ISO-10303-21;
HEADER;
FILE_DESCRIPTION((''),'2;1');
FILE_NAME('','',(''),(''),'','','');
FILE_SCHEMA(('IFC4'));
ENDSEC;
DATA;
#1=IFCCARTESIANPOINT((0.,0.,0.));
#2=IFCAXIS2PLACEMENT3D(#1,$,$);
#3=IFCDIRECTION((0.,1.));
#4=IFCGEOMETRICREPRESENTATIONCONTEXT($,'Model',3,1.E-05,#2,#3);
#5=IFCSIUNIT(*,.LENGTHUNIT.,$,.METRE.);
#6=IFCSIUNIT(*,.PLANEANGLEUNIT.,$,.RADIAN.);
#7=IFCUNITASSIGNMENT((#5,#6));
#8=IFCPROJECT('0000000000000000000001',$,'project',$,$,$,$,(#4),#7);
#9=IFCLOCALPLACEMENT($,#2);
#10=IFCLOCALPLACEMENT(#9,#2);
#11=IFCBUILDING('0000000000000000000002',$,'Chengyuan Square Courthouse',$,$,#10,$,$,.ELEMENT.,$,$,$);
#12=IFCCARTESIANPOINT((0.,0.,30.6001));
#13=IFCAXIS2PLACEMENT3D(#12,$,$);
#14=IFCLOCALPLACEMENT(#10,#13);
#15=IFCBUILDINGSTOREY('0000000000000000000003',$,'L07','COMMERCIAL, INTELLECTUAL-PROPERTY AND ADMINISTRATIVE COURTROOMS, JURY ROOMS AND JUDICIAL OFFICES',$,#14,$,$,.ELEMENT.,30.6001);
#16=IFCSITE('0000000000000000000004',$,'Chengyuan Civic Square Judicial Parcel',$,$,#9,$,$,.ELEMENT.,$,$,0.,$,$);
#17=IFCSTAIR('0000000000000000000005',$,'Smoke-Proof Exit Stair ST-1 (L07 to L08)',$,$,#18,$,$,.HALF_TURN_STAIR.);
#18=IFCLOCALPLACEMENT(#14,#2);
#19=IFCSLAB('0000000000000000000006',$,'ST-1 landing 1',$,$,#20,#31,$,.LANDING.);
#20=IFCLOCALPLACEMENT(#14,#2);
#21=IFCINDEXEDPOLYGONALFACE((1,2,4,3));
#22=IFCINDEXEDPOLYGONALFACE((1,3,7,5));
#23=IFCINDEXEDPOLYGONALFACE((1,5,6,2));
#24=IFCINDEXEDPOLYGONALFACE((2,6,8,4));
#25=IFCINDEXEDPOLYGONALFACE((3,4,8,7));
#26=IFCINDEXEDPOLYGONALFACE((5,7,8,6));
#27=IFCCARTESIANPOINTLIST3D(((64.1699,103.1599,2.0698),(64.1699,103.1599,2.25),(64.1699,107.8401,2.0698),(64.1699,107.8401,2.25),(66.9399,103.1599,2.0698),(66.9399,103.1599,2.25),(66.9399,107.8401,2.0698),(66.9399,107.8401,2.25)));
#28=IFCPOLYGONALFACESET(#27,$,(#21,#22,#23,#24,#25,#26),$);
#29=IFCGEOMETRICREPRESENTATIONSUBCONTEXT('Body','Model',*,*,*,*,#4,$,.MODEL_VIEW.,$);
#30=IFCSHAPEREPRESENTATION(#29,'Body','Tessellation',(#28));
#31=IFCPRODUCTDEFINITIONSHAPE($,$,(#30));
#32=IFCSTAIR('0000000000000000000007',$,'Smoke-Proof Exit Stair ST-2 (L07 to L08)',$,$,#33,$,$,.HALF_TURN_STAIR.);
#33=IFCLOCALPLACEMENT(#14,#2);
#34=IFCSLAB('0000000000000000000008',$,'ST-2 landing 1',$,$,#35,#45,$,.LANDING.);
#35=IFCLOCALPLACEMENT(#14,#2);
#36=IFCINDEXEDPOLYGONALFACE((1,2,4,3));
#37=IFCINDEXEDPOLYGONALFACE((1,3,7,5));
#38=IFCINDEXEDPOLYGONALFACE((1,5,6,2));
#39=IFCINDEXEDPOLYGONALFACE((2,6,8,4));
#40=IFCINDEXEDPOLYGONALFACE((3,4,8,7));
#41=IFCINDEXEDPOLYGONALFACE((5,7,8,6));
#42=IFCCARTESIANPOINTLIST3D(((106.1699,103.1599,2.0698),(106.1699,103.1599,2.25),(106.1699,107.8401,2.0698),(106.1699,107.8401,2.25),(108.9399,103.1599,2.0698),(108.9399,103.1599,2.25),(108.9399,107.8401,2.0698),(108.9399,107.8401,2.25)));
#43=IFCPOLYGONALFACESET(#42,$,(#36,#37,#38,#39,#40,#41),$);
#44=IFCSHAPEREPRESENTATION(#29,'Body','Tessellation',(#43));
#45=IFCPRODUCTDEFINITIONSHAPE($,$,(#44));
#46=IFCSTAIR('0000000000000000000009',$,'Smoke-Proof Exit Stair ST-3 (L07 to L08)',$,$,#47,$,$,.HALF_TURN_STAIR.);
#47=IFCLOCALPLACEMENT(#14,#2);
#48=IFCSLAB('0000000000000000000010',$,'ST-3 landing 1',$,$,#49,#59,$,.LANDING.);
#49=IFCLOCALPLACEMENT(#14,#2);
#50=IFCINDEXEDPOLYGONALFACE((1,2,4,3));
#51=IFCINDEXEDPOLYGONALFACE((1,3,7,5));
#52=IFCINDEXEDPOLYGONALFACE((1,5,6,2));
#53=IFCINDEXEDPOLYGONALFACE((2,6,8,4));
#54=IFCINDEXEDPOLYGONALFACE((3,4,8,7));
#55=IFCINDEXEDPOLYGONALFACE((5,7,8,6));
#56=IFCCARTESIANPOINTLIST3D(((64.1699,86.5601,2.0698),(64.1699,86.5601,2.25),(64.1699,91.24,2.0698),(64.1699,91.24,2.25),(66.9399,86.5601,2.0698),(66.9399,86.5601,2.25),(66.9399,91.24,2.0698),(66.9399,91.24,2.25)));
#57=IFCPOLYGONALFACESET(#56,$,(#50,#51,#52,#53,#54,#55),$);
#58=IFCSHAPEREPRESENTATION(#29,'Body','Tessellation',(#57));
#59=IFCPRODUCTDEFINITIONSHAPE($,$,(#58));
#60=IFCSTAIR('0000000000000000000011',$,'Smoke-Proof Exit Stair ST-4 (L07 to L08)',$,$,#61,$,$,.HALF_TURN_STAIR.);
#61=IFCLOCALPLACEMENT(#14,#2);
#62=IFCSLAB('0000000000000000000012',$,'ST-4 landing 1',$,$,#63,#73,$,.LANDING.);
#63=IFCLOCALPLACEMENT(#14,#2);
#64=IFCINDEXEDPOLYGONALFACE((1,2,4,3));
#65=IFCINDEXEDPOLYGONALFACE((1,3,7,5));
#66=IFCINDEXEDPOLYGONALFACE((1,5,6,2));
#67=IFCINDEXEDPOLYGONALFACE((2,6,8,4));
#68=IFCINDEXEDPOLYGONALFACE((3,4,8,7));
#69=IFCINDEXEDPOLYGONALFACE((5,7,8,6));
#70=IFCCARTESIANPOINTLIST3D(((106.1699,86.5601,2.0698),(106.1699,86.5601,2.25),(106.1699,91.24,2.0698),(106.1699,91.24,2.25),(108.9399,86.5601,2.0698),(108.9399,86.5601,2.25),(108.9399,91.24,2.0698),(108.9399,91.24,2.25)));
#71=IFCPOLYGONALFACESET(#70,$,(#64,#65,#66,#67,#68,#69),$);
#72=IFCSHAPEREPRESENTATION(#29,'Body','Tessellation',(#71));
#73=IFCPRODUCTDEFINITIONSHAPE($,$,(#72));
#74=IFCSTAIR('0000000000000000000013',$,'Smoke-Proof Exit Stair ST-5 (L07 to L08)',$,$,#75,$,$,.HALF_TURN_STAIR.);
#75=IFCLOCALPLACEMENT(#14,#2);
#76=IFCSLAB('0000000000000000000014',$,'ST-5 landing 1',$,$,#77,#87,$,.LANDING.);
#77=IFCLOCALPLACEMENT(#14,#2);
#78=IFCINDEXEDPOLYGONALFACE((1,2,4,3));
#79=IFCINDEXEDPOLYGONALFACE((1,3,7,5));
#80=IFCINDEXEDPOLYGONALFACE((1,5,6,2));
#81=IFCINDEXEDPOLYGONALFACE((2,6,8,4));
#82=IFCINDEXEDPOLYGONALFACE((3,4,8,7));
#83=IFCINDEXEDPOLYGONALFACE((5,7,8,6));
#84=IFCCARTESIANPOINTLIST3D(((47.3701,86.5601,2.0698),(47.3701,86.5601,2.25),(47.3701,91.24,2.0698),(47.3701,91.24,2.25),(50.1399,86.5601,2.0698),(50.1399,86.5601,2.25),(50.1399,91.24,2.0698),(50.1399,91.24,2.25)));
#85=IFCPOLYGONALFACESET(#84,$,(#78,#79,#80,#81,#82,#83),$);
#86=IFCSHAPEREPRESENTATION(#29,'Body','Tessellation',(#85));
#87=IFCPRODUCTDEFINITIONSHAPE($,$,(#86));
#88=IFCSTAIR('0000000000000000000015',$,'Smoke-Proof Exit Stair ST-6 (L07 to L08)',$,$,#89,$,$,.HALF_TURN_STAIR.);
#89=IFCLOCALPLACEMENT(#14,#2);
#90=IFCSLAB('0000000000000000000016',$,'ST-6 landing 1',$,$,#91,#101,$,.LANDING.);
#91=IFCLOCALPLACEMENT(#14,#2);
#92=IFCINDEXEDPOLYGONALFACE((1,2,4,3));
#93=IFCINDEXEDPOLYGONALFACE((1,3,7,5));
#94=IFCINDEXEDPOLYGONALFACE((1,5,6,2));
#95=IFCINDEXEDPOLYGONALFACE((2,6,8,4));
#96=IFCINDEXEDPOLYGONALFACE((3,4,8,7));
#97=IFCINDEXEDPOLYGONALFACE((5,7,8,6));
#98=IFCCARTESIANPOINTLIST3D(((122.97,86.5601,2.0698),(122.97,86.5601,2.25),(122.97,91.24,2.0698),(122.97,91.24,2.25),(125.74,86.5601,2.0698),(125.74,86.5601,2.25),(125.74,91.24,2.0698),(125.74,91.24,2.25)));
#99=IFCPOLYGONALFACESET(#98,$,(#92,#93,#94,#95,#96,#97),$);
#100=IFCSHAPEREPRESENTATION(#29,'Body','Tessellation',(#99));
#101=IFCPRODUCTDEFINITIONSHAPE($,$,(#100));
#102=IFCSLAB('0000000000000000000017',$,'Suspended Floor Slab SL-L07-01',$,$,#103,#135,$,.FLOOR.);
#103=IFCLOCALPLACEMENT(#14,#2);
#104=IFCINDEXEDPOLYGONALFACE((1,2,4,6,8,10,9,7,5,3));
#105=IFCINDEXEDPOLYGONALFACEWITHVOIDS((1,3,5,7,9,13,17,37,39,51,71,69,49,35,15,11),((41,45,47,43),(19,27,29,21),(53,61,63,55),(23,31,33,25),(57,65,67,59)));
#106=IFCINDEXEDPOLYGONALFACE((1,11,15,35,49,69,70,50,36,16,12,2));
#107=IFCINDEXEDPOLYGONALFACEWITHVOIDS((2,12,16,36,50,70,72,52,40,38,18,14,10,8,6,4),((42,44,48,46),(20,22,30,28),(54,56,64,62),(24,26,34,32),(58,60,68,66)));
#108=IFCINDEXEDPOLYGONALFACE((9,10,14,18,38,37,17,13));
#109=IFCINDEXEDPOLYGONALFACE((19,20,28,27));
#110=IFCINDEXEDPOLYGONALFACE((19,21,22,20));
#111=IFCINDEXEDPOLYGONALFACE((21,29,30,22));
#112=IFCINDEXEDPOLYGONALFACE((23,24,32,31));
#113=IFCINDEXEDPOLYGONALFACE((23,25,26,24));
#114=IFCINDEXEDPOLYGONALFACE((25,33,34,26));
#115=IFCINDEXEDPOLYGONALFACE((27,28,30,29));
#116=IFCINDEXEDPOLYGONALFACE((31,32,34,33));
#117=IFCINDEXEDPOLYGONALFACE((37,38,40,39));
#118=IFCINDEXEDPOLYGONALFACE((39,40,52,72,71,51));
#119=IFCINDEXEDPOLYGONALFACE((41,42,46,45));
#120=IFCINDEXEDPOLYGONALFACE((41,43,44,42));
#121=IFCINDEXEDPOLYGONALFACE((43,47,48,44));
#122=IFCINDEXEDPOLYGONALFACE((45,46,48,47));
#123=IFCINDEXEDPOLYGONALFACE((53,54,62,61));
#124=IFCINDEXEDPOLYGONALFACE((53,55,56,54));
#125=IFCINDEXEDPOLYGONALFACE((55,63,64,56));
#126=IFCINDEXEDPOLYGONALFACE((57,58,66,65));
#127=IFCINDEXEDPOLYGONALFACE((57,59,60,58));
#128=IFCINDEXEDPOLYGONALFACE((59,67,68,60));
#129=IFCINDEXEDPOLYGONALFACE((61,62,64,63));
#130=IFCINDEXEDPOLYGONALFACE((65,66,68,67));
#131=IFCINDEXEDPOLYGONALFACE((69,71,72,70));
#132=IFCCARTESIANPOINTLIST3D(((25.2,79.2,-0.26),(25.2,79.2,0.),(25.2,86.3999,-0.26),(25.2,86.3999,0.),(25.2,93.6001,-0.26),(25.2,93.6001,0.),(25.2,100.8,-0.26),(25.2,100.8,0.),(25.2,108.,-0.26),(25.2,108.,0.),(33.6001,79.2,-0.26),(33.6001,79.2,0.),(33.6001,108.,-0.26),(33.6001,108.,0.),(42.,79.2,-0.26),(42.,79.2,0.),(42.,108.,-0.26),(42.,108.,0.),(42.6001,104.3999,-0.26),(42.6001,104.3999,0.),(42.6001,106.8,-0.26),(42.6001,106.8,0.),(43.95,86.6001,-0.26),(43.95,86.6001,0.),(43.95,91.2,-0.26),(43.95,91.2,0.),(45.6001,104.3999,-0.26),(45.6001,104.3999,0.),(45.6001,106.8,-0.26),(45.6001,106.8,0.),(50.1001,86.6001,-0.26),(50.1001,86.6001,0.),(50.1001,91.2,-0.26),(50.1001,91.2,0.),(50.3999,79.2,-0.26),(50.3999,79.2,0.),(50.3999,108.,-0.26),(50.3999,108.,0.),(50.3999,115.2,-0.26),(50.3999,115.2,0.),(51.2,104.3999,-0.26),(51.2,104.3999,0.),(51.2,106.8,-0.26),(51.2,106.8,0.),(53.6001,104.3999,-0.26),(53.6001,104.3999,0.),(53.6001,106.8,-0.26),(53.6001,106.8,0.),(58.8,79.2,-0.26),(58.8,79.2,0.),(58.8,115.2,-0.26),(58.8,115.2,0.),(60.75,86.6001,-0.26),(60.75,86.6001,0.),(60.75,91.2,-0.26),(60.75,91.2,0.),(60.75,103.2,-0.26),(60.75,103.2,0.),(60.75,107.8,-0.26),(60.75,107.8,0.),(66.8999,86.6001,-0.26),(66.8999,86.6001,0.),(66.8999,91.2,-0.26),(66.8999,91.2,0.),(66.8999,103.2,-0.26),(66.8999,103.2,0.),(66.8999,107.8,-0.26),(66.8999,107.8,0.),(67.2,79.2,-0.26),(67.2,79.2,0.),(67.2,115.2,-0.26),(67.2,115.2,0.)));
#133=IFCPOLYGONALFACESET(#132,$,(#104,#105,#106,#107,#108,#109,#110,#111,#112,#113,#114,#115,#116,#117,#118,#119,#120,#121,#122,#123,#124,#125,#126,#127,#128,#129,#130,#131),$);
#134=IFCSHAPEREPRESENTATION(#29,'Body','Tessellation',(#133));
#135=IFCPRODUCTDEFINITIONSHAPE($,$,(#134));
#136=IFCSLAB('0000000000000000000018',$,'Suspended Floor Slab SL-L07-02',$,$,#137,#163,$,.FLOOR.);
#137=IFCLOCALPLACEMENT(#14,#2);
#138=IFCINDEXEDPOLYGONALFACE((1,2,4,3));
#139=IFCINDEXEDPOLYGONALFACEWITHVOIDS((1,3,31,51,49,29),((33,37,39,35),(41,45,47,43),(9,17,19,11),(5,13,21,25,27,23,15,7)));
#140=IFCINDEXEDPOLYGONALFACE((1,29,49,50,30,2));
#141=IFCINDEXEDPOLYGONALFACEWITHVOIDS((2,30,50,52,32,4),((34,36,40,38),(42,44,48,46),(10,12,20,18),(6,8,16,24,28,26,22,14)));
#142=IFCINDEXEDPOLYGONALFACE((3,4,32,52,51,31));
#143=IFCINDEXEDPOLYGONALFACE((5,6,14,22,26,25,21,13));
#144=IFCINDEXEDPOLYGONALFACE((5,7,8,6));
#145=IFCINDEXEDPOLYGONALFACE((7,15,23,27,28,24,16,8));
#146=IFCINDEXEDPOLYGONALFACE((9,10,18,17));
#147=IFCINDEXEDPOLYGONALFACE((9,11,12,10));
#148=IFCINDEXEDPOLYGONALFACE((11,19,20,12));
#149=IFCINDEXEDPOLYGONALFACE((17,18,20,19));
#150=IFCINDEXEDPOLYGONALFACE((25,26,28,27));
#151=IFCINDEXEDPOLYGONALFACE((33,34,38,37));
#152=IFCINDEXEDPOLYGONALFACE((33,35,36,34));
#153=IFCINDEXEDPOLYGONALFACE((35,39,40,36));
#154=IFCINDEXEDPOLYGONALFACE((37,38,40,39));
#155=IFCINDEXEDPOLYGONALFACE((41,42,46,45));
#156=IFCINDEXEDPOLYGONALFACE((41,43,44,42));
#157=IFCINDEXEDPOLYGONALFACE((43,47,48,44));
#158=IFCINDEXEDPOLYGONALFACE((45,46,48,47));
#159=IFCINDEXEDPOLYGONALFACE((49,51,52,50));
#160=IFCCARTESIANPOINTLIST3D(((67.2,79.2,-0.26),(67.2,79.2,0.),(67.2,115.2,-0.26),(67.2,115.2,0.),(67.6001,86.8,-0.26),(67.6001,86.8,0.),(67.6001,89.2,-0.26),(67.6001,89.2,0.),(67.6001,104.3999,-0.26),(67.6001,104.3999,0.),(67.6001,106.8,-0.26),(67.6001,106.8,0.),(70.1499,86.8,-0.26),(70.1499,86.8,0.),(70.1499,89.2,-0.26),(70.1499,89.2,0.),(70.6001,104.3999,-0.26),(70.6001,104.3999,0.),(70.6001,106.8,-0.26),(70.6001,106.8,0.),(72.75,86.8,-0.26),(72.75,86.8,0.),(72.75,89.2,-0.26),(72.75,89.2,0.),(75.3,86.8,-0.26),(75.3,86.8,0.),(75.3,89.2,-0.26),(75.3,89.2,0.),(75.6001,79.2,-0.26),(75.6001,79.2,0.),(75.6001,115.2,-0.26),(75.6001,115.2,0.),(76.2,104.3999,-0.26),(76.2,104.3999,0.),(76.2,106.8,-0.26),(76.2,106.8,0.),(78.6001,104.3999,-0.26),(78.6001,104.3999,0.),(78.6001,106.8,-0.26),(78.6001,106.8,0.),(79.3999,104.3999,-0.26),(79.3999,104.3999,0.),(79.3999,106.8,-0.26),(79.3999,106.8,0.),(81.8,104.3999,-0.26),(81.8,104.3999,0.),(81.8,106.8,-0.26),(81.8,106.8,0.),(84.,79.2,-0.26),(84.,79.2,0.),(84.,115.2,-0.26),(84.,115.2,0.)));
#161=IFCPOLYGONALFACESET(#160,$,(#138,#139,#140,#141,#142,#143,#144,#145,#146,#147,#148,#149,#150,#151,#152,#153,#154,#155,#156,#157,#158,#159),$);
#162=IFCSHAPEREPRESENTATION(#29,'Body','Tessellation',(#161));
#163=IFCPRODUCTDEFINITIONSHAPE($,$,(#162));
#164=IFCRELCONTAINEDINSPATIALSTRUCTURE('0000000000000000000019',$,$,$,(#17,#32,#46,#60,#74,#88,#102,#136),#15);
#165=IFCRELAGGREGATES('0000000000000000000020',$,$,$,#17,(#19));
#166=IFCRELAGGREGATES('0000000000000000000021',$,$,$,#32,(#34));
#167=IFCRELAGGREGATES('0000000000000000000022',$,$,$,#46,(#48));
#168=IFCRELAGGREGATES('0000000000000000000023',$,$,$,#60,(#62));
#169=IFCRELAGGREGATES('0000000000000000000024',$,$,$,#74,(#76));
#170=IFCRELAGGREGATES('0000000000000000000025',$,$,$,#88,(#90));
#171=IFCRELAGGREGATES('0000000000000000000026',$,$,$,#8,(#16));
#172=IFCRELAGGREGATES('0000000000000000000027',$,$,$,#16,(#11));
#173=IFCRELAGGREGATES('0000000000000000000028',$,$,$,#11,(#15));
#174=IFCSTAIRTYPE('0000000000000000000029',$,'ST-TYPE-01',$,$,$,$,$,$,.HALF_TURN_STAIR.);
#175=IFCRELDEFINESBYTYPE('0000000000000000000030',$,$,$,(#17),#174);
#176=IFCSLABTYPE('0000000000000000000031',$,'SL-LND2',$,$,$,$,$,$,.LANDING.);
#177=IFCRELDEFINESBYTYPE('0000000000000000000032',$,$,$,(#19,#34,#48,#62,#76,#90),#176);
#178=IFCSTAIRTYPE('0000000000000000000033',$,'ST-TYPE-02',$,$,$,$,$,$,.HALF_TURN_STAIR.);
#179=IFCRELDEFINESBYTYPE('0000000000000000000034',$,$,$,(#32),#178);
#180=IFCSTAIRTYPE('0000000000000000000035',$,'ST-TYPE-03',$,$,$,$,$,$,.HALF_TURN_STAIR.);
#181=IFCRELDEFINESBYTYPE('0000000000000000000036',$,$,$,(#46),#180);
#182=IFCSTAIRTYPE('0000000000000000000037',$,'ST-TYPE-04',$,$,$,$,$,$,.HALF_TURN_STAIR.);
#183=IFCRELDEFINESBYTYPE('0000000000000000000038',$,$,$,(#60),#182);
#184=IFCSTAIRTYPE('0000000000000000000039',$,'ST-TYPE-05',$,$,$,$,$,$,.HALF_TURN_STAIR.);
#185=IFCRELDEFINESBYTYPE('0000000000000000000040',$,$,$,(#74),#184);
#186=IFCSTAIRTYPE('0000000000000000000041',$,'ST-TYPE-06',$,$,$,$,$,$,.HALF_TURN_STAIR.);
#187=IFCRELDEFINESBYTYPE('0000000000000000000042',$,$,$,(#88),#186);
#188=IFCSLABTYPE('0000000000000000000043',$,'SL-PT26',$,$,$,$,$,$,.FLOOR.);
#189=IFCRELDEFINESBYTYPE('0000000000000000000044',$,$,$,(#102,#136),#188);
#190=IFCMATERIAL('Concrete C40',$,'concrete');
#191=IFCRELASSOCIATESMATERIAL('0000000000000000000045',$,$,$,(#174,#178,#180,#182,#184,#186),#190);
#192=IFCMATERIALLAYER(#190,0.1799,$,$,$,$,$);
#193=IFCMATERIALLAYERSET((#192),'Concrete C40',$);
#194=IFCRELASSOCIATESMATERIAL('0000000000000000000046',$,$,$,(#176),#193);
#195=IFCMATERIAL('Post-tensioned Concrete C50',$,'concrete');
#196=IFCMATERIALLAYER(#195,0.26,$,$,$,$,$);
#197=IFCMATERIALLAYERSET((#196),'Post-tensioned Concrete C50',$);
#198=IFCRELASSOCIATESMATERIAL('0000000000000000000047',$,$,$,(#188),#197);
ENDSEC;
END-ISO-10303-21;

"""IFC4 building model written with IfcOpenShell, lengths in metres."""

from ifc_helpers import new_model, si_unit, direction, frame, origin, place, context, subcontext, project, spatial, polyline, outline, extrude, material, layer, layer_set, type_object, element, aggregate, save


model = new_model("IFC4")

# Units and contexts
model_context = context("Model", 3, precision=1e-05, world=origin(), true_north=direction((0.0, 1.0)))
body_context = subcontext(model_context, "Body", "Model", "MODEL_VIEW")
ifc_project = project(units=[si_unit("LENGTHUNIT", "METRE"), si_unit("PLANEANGLEUNIT", "RADIAN")], contexts=[model_context])

# Site, building, storey
site_placement = place(None, origin())
site = spatial("IfcSite", under=ifc_project, at=site_placement, Name="Chengyuan Civic Square Judicial Parcel", CompositionType="ELEMENT", RefElevation=0.0)
building_placement = place(site_placement, origin())
building = spatial("IfcBuilding", under=site, at=building_placement, Name="Chengyuan Square Courthouse", CompositionType="ELEMENT")
storey_placement = place(building_placement, frame((0.0, 0.0, 30.6001)))
storey = spatial("IfcBuildingStorey", under=building, at=storey_placement, Name="L07", Description="COMMERCIAL, INTELLECTUAL-PROPERTY AND ADMINISTRATIVE COURTROOMS, JURY ROOMS AND JUDICIAL OFFICES", CompositionType="ELEMENT", Elevation=30.6001)

# Stairs, slabs
ifc_material_1 = material(Name="Concrete C40", Category="concrete")
stair_type_1 = type_object("IfcStairType", Name="ST-TYPE-01", PredefinedType="HALF_TURN_STAIR", material=ifc_material_1)
stair_1_placement = place(storey_placement, origin())
stair_1 = element("IfcStair", 1, at=stair_1_placement, inside=storey, type_object=stair_type_1, Name="Smoke-Proof Exit Stair ST-1 (L07 to L08)", PredefinedType="HALF_TURN_STAIR")
ifc_layer_1 = layer(ifc_material_1, 0.1799)
ifc_layer_set_1 = layer_set([ifc_layer_1], Name="Concrete C40")
slab_type_1 = type_object("IfcSlabType", Name="SL-LND2", PredefinedType="LANDING", material=ifc_layer_set_1)
slab_1_placement = place(storey_placement, frame((0.0, 0.0, 2.0698)))
slab_1 = element("IfcSlab", 2, at=slab_1_placement, type_object=slab_type_1, Name="ST-1 landing 1", PredefinedType="LANDING", context=body_context, shape_type="SweptSolid", body=[
    extrude(outline(polyline([(64.1699, 103.1599), (66.9399, 103.1599), (66.9399, 107.8401), (64.1699, 107.8401), (64.1699, 103.1599)])), origin(), (0.0, 0.0, 1.0), 0.1802),
])
aggregate(stair_1, [slab_1])
stair_type_2 = type_object("IfcStairType", Name="ST-TYPE-02", PredefinedType="HALF_TURN_STAIR", material=ifc_material_1)
stair_2_placement = place(storey_placement, origin())
stair_2 = element("IfcStair", 3, at=stair_2_placement, inside=storey, type_object=stair_type_2, Name="Smoke-Proof Exit Stair ST-2 (L07 to L08)", PredefinedType="HALF_TURN_STAIR")
slab_2_placement = place(storey_placement, frame((0.0, 0.0, 2.0698)))
slab_2 = element("IfcSlab", 4, at=slab_2_placement, type_object=slab_type_1, Name="ST-2 landing 1", PredefinedType="LANDING", context=body_context, shape_type="SweptSolid", body=[
    extrude(outline(polyline([(106.1699, 103.1599), (108.9399, 103.1599), (108.9399, 107.8401), (106.1699, 107.8401), (106.1699, 103.1599)])), origin(), (0.0, 0.0, 1.0), 0.1802),
])
aggregate(stair_2, [slab_2])
stair_type_3 = type_object("IfcStairType", Name="ST-TYPE-03", PredefinedType="HALF_TURN_STAIR", material=ifc_material_1)
stair_3_placement = place(storey_placement, origin())
stair_3 = element("IfcStair", 5, at=stair_3_placement, inside=storey, type_object=stair_type_3, Name="Smoke-Proof Exit Stair ST-3 (L07 to L08)", PredefinedType="HALF_TURN_STAIR")
slab_3_placement = place(storey_placement, frame((0.0, 0.0, 2.0698)))
slab_3 = element("IfcSlab", 6, at=slab_3_placement, type_object=slab_type_1, Name="ST-3 landing 1", PredefinedType="LANDING", context=body_context, shape_type="SweptSolid", body=[
    extrude(outline(polyline([(64.1699, 86.5601), (66.9399, 86.5601), (66.9399, 91.24), (64.1699, 91.24), (64.1699, 86.5601)])), origin(), (0.0, 0.0, 1.0), 0.1802),
])
aggregate(stair_3, [slab_3])
stair_type_4 = type_object("IfcStairType", Name="ST-TYPE-04", PredefinedType="HALF_TURN_STAIR", material=ifc_material_1)
stair_4_placement = place(storey_placement, origin())
stair_4 = element("IfcStair", 7, at=stair_4_placement, inside=storey, type_object=stair_type_4, Name="Smoke-Proof Exit Stair ST-4 (L07 to L08)", PredefinedType="HALF_TURN_STAIR")
slab_4_placement = place(storey_placement, frame((0.0, 0.0, 2.0698)))
slab_4 = element("IfcSlab", 8, at=slab_4_placement, type_object=slab_type_1, Name="ST-4 landing 1", PredefinedType="LANDING", context=body_context, shape_type="SweptSolid", body=[
    extrude(outline(polyline([(106.1699, 86.5601), (108.9399, 86.5601), (108.9399, 91.24), (106.1699, 91.24), (106.1699, 86.5601)])), origin(), (0.0, 0.0, 1.0), 0.1802),
])
aggregate(stair_4, [slab_4])
stair_type_5 = type_object("IfcStairType", Name="ST-TYPE-05", PredefinedType="HALF_TURN_STAIR", material=ifc_material_1)
stair_5_placement = place(storey_placement, origin())
stair_5 = element("IfcStair", 9, at=stair_5_placement, inside=storey, type_object=stair_type_5, Name="Smoke-Proof Exit Stair ST-5 (L07 to L08)", PredefinedType="HALF_TURN_STAIR")
slab_5_placement = place(storey_placement, frame((0.0, 0.0, 2.0698)))
slab_5 = element("IfcSlab", 10, at=slab_5_placement, type_object=slab_type_1, Name="ST-5 landing 1", PredefinedType="LANDING", context=body_context, shape_type="SweptSolid", body=[
    extrude(outline(polyline([(47.3701, 86.5601), (50.1399, 86.5601), (50.1399, 91.24), (47.3701, 91.24), (47.3701, 86.5601)])), origin(), (0.0, 0.0, 1.0), 0.1802),
])
aggregate(stair_5, [slab_5])
stair_type_6 = type_object("IfcStairType", Name="ST-TYPE-06", PredefinedType="HALF_TURN_STAIR", material=ifc_material_1)
stair_6_placement = place(storey_placement, origin())
stair_6 = element("IfcStair", 11, at=stair_6_placement, inside=storey, type_object=stair_type_6, Name="Smoke-Proof Exit Stair ST-6 (L07 to L08)", PredefinedType="HALF_TURN_STAIR")
slab_6_placement = place(storey_placement, frame((0.0, 0.0, 2.0698)))
slab_6 = element("IfcSlab", 12, at=slab_6_placement, type_object=slab_type_1, Name="ST-6 landing 1", PredefinedType="LANDING", context=body_context, shape_type="SweptSolid", body=[
    extrude(outline(polyline([(122.97, 86.5601), (125.74, 86.5601), (125.74, 91.24), (122.97, 91.24), (122.97, 86.5601)])), origin(), (0.0, 0.0, 1.0), 0.1802),
])
aggregate(stair_6, [slab_6])

# Slabs
ifc_material_2 = material(Name="Post-tensioned Concrete C50", Category="concrete")
ifc_layer_2 = layer(ifc_material_2, 0.26)
ifc_layer_set_2 = layer_set([ifc_layer_2], Name="Post-tensioned Concrete C50")
slab_type_2 = type_object("IfcSlabType", Name="SL-PT26", PredefinedType="FLOOR", material=ifc_layer_set_2)
slab_7_placement = place(storey_placement, frame((0.0, 0.0, -0.26)))
element("IfcSlab", 13, at=slab_7_placement, inside=storey, type_object=slab_type_2, Name="Suspended Floor Slab SL-L07-01", PredefinedType="FLOOR", context=body_context, shape_type="SweptSolid", body=[
    extrude(outline(polyline([(25.2, 79.2), (25.2, 86.3999), (25.2, 93.6001), (25.2, 100.8), (25.2, 108.0), (33.6001, 108.0), (42.0, 108.0), (50.3999, 108.0), (50.3999, 115.2), (58.8, 115.2), (67.2, 115.2), (67.2, 79.2), (58.8, 79.2), (50.3999, 79.2), (42.0, 79.2), (33.6001, 79.2), (25.2, 79.2)]), holes=[polyline([(50.1001, 91.2), (43.95, 91.2), (43.95, 86.6001), (50.1001, 86.6001), (50.1001, 91.2)]), polyline([(66.8999, 91.2), (60.75, 91.2), (60.75, 86.6001), (66.8999, 86.6001), (66.8999, 91.2)]), polyline([(60.75, 107.8), (60.75, 103.2), (66.8999, 103.2), (66.8999, 107.8), (60.75, 107.8)]), polyline([(45.6001, 106.8), (42.6001, 106.8), (42.6001, 104.3999), (45.6001, 104.3999), (45.6001, 106.8)]), polyline([(53.6001, 106.8), (51.2, 106.8), (51.2, 104.3999), (53.6001, 104.3999), (53.6001, 106.8)])]), origin(), (0.0, 0.0, 1.0), 0.26),
])
slab_8_placement = place(storey_placement, frame((0.0, 0.0, -0.26)))
element("IfcSlab", 14, at=slab_8_placement, inside=storey, type_object=slab_type_2, Name="Suspended Floor Slab SL-L07-02", PredefinedType="FLOOR", context=body_context, shape_type="SweptSolid", body=[
    extrude(outline(polyline([(75.6001, 115.2), (84.0, 115.2), (84.0, 79.2), (75.6001, 79.2), (67.2, 79.2), (67.2, 115.2), (75.6001, 115.2)]), holes=[polyline([(67.6001, 89.2), (67.6001, 86.8), (70.1499, 86.8), (72.75, 86.8), (75.3, 86.8), (75.3, 89.2), (72.75, 89.2), (70.1499, 89.2), (67.6001, 89.2)]), polyline([(67.6001, 106.8), (67.6001, 104.3999), (70.6001, 104.3999), (70.6001, 106.8), (67.6001, 106.8)]), polyline([(78.6001, 106.8), (76.2, 106.8), (76.2, 104.3999), (78.6001, 104.3999), (78.6001, 106.8)]), polyline([(81.8, 106.8), (79.3999, 106.8), (79.3999, 104.3999), (81.8, 104.3999), (81.8, 106.8)])]), origin(), (0.0, 0.0, 1.0), 0.26),
])

save(model, "model.ifc")
